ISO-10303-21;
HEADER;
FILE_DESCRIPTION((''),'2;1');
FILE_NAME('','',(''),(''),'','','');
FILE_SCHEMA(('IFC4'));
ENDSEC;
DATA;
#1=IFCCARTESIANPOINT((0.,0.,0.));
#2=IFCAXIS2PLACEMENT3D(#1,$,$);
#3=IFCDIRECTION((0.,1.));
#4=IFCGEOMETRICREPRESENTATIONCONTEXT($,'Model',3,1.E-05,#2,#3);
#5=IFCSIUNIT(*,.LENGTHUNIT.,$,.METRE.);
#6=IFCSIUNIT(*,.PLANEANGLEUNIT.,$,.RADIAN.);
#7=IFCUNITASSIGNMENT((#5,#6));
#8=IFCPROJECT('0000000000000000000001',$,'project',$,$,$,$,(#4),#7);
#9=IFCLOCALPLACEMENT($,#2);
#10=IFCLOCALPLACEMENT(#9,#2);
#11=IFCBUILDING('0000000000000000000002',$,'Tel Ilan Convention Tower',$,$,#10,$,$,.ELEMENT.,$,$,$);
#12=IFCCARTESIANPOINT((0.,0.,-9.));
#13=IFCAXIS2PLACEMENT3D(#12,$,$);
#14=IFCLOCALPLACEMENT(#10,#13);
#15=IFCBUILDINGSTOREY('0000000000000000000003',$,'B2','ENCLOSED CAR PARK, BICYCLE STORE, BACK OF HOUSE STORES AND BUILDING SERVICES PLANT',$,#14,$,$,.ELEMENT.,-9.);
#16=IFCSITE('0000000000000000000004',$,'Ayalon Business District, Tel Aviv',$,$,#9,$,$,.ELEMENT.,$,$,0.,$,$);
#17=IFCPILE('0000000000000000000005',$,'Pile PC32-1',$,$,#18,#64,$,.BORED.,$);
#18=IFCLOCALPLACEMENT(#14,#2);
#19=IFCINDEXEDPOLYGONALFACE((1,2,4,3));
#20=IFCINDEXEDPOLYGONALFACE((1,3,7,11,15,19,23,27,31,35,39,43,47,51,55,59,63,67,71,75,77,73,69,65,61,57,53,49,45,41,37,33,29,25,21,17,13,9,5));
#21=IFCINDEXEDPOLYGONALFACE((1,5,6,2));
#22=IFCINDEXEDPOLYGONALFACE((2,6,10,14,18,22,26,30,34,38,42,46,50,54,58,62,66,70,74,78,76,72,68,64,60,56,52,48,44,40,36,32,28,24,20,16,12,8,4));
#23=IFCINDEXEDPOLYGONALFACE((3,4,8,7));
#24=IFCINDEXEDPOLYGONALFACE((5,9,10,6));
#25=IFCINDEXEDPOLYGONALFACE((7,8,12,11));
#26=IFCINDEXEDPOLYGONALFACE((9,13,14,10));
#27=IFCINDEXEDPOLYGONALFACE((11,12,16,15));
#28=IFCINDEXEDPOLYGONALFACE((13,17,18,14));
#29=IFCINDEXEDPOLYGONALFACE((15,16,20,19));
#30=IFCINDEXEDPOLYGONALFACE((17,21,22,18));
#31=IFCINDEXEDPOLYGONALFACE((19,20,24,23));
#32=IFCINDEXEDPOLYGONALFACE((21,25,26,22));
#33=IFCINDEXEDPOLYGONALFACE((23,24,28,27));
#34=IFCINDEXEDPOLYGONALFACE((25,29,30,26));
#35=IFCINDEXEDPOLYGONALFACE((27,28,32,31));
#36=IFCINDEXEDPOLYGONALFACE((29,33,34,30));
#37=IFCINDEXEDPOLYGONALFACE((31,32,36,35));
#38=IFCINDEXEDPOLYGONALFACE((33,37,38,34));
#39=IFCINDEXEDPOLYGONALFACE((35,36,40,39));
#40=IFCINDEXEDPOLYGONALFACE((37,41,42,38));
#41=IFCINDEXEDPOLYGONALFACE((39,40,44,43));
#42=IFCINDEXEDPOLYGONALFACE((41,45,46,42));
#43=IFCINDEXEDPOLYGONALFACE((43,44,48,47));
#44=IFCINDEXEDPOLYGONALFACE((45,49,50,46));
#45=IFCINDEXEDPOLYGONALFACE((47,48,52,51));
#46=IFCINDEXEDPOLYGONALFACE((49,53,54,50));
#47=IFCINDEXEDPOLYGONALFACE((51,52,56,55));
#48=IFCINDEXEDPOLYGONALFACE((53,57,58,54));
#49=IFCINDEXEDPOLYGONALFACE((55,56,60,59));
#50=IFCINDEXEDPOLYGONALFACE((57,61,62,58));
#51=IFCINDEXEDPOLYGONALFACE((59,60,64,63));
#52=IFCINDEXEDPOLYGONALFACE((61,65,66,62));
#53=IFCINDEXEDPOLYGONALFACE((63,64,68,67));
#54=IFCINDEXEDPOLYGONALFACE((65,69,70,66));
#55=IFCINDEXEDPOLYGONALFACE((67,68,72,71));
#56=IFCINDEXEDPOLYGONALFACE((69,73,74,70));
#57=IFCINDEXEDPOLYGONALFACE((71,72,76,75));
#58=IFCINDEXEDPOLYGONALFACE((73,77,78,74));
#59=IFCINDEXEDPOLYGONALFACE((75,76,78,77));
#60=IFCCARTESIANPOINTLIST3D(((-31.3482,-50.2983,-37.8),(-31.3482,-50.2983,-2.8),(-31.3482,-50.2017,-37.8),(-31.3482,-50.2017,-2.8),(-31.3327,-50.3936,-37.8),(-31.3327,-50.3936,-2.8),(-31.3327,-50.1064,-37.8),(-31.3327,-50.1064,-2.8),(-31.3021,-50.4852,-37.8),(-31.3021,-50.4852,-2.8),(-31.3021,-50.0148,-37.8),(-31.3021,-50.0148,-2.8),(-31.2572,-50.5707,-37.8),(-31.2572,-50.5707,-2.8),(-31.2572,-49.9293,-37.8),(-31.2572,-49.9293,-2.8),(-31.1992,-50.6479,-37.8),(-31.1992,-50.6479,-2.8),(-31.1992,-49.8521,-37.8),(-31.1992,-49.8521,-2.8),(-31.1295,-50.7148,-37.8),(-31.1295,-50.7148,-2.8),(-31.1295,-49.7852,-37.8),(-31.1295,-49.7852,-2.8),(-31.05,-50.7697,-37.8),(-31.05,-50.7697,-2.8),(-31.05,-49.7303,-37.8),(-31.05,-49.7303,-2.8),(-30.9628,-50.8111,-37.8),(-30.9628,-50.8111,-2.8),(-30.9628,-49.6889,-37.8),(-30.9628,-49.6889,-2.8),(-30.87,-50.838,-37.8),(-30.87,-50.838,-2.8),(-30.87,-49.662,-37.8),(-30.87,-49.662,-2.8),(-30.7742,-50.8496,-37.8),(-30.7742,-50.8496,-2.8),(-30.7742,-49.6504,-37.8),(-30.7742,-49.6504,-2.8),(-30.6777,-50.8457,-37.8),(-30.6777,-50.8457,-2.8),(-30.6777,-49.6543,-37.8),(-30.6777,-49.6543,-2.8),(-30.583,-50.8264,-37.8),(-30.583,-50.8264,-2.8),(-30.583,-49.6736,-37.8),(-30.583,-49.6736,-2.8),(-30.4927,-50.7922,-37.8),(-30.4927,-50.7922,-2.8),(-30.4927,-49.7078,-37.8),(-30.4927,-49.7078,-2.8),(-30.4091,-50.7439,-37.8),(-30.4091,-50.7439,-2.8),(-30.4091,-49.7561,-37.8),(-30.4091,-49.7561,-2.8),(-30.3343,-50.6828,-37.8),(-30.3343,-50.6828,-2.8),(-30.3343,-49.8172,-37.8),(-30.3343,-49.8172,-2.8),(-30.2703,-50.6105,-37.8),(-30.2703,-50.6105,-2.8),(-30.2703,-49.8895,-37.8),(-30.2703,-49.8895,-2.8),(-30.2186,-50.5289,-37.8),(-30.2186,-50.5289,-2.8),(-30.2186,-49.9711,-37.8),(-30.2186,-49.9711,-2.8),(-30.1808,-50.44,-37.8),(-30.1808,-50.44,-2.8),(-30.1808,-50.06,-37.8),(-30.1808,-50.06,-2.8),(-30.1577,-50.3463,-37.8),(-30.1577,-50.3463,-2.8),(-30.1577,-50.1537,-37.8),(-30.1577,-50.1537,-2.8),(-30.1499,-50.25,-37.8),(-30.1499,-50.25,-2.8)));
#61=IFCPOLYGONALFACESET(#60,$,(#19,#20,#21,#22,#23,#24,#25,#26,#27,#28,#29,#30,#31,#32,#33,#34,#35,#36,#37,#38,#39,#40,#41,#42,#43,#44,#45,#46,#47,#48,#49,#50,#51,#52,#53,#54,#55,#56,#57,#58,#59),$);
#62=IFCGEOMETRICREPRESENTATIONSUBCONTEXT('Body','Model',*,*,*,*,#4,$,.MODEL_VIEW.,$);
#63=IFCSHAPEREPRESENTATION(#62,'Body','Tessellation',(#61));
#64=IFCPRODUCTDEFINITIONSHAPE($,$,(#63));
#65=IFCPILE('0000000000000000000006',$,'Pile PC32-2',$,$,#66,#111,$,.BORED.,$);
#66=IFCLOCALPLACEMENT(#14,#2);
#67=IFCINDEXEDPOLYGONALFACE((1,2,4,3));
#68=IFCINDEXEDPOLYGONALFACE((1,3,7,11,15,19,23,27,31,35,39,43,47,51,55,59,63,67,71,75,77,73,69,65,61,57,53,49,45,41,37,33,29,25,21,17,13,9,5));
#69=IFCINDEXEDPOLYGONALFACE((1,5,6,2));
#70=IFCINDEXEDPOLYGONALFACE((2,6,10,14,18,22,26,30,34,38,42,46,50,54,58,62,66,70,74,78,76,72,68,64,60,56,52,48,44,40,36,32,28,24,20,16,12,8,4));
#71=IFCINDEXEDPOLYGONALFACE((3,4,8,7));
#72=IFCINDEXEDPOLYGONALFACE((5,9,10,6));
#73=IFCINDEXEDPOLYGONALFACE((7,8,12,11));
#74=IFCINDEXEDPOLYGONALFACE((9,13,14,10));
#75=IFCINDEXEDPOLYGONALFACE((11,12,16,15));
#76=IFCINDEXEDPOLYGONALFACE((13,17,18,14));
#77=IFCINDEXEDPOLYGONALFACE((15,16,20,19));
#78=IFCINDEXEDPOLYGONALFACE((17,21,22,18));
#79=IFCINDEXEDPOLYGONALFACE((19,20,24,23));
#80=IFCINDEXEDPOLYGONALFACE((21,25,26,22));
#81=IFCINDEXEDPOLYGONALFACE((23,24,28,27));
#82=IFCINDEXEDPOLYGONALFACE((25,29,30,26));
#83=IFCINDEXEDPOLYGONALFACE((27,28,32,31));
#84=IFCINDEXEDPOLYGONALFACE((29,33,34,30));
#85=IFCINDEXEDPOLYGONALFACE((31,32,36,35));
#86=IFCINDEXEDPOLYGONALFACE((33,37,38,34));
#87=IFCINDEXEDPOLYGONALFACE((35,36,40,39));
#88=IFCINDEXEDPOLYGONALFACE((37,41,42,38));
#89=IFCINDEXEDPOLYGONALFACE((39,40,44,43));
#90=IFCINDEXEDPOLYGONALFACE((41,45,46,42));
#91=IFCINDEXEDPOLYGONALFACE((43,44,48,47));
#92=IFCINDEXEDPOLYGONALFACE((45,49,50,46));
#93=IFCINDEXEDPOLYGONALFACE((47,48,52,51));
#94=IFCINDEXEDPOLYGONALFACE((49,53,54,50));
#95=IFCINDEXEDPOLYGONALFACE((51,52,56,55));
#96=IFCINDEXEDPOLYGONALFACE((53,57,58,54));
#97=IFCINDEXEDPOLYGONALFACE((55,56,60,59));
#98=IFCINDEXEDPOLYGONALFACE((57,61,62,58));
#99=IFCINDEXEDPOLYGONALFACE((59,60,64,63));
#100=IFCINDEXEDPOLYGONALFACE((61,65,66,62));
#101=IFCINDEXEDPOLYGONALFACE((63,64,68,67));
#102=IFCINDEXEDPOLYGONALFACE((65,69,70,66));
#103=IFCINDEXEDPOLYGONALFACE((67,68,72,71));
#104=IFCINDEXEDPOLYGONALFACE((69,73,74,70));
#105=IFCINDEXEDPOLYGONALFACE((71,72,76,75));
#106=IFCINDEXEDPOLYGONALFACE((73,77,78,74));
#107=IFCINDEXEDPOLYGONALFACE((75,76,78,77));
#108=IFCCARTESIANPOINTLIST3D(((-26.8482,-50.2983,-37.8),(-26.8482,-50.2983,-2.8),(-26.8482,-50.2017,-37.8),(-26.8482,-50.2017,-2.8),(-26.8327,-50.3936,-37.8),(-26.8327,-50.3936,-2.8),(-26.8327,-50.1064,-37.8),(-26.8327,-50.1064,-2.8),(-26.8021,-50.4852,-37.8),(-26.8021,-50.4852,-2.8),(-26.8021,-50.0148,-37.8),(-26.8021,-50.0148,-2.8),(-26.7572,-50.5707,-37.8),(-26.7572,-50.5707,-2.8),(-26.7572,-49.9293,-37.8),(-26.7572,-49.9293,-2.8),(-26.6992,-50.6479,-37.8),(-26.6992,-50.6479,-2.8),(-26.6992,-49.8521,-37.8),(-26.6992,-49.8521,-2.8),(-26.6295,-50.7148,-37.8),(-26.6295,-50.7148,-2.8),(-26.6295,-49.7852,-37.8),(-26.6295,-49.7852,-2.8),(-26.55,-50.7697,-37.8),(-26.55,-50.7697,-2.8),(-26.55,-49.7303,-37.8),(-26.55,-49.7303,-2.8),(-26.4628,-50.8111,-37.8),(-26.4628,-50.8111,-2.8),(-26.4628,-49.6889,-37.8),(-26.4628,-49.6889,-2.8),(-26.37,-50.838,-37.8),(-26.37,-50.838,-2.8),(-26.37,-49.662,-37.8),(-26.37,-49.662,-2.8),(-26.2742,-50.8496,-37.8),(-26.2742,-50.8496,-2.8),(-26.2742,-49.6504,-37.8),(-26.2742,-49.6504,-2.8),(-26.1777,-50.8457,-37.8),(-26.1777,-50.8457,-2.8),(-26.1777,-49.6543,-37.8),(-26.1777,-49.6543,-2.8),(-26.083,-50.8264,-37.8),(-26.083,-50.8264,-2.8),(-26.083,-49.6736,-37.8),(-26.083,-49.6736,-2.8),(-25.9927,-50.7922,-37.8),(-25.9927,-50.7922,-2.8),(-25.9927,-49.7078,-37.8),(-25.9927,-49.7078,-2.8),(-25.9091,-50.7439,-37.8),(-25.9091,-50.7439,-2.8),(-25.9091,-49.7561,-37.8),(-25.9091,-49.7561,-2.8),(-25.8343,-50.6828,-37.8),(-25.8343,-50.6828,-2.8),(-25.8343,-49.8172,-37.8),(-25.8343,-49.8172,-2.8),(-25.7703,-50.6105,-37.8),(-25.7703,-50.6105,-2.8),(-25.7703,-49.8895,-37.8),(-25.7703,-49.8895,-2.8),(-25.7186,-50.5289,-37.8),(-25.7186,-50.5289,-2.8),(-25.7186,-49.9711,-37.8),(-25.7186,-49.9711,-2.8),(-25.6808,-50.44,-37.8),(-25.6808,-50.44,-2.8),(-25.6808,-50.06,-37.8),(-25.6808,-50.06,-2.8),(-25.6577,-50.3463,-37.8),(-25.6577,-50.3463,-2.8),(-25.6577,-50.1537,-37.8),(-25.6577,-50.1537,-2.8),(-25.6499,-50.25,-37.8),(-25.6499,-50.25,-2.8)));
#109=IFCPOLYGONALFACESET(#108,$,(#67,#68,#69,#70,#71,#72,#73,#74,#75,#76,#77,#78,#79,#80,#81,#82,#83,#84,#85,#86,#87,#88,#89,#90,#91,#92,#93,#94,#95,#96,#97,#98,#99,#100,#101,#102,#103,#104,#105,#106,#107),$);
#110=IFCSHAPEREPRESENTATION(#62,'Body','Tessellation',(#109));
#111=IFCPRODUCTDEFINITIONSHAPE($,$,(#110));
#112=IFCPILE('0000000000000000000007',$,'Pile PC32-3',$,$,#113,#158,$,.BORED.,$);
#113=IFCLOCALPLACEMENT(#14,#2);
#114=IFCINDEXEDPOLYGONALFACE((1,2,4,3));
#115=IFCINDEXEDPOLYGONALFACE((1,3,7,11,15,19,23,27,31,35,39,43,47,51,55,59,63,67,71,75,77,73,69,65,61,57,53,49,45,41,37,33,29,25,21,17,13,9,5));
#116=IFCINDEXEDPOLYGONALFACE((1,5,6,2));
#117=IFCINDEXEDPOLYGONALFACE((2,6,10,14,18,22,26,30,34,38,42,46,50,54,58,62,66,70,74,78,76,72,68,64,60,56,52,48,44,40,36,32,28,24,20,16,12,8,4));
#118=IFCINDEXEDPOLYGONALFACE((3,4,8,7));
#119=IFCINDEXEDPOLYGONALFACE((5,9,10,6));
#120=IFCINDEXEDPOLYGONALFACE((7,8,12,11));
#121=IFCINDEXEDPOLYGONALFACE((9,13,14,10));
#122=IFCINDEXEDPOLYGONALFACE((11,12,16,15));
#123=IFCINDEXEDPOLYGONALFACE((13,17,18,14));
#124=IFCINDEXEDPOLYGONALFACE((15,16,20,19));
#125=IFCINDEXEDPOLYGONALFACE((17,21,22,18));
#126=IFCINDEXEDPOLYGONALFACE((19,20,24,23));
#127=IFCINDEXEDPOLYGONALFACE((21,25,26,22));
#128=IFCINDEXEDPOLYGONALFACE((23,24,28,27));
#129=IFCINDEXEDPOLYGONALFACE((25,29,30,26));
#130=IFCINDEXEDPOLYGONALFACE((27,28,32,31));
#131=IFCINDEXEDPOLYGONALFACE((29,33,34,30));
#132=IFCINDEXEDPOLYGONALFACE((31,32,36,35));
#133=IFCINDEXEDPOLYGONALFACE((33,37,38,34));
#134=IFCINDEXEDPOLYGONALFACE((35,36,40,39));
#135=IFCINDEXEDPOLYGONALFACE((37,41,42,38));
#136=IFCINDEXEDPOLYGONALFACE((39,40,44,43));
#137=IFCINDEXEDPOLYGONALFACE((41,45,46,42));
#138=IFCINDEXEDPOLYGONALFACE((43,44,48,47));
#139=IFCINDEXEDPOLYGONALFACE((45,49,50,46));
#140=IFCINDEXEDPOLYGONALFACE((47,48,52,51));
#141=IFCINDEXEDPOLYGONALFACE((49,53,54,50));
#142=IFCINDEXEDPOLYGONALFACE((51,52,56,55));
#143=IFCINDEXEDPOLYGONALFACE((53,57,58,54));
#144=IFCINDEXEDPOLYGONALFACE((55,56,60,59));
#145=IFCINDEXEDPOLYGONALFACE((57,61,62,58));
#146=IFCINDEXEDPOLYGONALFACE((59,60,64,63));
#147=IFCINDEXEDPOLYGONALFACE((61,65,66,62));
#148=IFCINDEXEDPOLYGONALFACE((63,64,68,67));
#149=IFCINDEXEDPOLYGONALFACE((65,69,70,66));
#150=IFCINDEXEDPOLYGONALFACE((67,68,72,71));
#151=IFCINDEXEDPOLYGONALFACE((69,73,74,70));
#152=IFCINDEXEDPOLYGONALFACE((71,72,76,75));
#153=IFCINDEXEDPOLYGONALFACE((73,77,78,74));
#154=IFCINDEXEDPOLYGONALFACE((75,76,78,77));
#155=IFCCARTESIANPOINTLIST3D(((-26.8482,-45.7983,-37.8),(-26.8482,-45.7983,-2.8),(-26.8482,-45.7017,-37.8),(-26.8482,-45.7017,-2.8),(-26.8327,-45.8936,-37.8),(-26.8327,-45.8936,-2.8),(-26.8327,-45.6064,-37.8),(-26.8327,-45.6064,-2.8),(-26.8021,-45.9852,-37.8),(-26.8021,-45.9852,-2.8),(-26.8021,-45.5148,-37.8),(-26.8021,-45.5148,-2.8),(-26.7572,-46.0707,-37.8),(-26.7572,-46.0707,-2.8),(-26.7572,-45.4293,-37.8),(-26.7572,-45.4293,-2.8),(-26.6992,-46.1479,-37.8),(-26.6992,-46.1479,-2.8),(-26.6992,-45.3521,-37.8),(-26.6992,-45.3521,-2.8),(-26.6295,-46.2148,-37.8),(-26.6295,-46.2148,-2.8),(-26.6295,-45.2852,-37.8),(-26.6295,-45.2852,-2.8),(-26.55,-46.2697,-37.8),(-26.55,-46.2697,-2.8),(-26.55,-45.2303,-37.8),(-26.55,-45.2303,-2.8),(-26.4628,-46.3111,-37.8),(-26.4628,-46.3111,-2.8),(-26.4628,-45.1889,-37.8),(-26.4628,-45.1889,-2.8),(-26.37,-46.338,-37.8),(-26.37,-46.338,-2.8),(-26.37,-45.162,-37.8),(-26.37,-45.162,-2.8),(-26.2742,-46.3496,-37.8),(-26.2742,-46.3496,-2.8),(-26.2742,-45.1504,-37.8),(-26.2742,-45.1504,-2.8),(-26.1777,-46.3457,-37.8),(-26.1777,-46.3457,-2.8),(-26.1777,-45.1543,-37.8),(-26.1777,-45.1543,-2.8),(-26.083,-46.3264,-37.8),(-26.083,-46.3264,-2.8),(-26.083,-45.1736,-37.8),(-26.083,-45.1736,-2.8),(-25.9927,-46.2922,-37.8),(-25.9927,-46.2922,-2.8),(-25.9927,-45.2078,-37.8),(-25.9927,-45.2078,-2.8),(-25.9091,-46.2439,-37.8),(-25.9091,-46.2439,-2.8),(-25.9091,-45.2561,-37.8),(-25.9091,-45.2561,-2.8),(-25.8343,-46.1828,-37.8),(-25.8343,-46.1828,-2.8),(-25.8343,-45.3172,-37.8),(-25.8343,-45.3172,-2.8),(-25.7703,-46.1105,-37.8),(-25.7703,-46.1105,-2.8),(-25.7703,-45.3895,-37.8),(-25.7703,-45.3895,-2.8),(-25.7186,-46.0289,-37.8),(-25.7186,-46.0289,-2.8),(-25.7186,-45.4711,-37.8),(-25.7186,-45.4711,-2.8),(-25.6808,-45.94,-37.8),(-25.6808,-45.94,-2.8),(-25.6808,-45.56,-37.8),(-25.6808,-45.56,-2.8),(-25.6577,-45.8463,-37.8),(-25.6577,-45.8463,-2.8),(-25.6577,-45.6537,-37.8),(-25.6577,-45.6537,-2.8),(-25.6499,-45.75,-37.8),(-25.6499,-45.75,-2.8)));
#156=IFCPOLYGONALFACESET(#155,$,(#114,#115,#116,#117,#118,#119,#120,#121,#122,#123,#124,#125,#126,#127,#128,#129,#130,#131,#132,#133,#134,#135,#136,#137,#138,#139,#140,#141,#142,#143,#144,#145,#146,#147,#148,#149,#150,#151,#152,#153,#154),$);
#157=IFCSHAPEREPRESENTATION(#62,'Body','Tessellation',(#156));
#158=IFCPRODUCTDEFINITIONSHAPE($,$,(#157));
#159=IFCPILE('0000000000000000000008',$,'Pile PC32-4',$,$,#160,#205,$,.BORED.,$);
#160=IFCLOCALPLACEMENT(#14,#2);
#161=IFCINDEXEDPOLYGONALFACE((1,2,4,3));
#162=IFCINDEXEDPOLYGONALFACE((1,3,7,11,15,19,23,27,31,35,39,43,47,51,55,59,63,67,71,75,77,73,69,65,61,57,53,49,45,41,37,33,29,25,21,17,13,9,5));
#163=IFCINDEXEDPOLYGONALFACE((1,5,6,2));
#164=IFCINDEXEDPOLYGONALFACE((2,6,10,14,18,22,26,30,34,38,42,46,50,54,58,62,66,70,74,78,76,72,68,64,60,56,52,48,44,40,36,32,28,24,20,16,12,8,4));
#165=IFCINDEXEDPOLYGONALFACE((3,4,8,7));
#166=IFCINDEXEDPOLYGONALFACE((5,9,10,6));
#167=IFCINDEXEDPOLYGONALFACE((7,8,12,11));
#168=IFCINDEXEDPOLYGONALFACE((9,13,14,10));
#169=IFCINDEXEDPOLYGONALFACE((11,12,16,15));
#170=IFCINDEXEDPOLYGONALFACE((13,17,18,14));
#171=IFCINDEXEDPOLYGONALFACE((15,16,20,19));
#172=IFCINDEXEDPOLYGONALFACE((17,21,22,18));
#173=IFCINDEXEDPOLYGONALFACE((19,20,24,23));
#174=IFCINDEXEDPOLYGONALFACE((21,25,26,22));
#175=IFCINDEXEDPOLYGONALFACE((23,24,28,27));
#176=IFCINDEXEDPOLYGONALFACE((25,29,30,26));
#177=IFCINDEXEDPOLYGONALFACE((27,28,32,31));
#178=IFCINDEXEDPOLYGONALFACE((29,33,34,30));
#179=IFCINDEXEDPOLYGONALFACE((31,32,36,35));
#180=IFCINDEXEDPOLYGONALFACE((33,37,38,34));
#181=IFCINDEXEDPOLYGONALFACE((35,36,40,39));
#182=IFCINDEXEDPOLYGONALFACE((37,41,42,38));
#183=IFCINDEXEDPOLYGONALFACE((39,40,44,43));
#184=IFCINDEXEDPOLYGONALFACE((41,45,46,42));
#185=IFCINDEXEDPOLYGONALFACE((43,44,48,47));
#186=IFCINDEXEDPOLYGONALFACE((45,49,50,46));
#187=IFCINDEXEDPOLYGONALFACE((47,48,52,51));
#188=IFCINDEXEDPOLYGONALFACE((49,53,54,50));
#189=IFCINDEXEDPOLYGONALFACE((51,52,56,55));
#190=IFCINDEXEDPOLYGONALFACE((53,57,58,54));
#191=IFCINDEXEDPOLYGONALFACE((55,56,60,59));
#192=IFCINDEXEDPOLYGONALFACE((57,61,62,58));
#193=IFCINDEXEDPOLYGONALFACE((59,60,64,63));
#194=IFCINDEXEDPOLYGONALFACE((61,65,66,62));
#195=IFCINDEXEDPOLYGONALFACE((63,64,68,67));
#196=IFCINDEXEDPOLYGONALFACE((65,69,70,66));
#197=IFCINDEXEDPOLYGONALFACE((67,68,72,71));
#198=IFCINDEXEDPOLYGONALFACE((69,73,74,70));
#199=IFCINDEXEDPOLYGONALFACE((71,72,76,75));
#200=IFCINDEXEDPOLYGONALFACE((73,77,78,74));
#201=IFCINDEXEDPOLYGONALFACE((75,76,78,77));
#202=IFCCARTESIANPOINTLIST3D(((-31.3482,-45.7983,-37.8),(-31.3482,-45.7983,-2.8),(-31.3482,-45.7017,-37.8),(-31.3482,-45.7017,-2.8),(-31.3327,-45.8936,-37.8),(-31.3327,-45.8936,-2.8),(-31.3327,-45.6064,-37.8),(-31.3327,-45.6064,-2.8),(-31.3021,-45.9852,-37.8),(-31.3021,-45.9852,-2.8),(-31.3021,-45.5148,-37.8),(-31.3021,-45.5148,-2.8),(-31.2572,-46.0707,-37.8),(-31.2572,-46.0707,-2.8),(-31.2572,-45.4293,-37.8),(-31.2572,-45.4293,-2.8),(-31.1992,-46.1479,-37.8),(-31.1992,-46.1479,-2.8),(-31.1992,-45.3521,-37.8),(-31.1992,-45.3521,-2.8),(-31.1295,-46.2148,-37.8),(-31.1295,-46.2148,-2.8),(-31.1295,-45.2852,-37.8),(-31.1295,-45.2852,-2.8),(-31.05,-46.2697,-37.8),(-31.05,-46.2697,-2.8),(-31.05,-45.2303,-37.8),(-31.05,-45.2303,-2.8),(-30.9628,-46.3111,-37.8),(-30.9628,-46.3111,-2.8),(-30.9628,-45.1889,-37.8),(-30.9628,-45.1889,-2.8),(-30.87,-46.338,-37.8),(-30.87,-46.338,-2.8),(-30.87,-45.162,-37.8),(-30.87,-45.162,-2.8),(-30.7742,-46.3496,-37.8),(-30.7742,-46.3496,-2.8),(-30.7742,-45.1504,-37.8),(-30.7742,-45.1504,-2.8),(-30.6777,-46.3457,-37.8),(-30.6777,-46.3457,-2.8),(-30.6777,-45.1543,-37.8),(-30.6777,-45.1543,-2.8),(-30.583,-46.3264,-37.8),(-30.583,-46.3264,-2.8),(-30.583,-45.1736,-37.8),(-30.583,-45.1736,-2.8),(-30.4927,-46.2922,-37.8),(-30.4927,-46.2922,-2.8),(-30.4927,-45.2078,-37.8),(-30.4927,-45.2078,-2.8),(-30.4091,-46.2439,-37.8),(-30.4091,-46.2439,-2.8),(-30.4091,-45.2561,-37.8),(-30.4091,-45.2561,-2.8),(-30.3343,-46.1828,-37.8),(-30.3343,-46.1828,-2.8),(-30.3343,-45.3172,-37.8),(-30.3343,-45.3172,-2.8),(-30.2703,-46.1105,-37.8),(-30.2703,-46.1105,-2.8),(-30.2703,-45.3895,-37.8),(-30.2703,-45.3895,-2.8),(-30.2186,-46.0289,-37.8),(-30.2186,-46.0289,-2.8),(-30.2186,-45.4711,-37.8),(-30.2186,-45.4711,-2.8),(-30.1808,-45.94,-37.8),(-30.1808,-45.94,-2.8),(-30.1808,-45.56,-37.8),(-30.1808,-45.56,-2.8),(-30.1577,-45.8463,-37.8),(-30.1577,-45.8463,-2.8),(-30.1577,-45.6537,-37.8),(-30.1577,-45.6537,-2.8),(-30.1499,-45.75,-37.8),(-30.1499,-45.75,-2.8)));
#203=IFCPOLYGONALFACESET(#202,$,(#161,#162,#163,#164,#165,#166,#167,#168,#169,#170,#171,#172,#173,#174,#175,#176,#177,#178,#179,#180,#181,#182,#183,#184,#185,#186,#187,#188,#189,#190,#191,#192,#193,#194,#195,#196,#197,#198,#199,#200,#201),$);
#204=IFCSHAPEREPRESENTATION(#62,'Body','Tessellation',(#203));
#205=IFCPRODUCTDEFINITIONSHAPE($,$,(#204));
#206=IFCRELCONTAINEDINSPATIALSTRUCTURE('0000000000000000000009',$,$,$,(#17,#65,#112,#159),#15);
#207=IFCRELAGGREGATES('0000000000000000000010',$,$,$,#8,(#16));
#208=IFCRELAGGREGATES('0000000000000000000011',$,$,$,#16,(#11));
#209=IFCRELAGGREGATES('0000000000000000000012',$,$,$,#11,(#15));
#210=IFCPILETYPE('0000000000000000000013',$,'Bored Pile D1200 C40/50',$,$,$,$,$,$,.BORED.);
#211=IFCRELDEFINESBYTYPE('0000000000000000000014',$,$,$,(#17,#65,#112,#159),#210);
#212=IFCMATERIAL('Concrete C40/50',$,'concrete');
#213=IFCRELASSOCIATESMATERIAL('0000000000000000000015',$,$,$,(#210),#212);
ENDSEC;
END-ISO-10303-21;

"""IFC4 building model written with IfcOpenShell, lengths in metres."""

from ifc_helpers import new_model, si_unit, direction, frame, origin, origin_2d, place, context, subcontext, project, spatial, circle, extrude, material, material_profile, profile_set, type_object, element, save


model = new_model("IFC4")

# Units and contexts
model_context = context("Model", 3, precision=1e-05, world=origin(), true_north=direction((0.0, 1.0)))
body_context = subcontext(model_context, "Body", "Model", "MODEL_VIEW")
ifc_project = project(units=[si_unit("LENGTHUNIT", "METRE"), si_unit("PLANEANGLEUNIT", "RADIAN")], contexts=[model_context])

# Site, building, storey
site_placement = place(None, origin())
site = spatial("IfcSite", under=ifc_project, at=site_placement, Name="Ayalon Business District, Tel Aviv", CompositionType="ELEMENT", RefElevation=0.0)
building_placement = place(site_placement, origin())
building = spatial("IfcBuilding", under=site, at=building_placement, Name="Tel Ilan Convention Tower", CompositionType="ELEMENT")
storey_placement = place(building_placement, frame((0.0, 0.0, -9.0)))
storey = spatial("IfcBuildingStorey", under=building, at=storey_placement, Name="B2", Description="ENCLOSED CAR PARK, BICYCLE STORE, BACK OF HOUSE STORES AND BUILDING SERVICES PLANT", CompositionType="ELEMENT", Elevation=-9.0)

# Piles
ifc_material_1 = material(Name="Concrete C40/50", Category="concrete")
ifc_material_profile_1 = material_profile(ifc_material_1, circle(Radius=0.6001, at=origin_2d()), Name="BORED D1200")
ifc_profile_set_1 = profile_set([ifc_material_profile_1], Name="Concrete C40/50")
pile_type_1 = type_object("IfcPileType", Name="Bored Pile D1200 C40/50", PredefinedType="BORED", material=ifc_profile_set_1)
for number, where, z_axis, x_axis, name in (
    (1, (-30.75, -50.25, -2.8), (0.0, 0.0, -1.0), (1.0, 0.0, 0.0), "Pile PC32-1"),
    (2, (-26.25, -50.25, -2.8), (0.0, 0.0, -1.0), (1.0, 0.0, 0.0), "Pile PC32-2"),
    (3, (-26.25, -45.75, -2.8), (0.0, 0.0, -1.0), (1.0, 0.0, 0.0), "Pile PC32-3"),
    (4, (-30.75, -45.75, -2.8), (0.0, 0.0, -1.0), (1.0, 0.0, 0.0), "Pile PC32-4"),
):
    element("IfcPile", number, at=place(storey_placement, frame(where, z_axis=z_axis, x_axis=x_axis)), inside=storey, type_object=pile_type_1, Name=name, PredefinedType="BORED", context=body_context, shape_type="SweptSolid", body=[
        extrude(circle(Radius=0.6001, at=origin_2d()), origin(), (0.0, 0.0, 1.0), 35.0),
    ])

save(model, "model.ifc")
